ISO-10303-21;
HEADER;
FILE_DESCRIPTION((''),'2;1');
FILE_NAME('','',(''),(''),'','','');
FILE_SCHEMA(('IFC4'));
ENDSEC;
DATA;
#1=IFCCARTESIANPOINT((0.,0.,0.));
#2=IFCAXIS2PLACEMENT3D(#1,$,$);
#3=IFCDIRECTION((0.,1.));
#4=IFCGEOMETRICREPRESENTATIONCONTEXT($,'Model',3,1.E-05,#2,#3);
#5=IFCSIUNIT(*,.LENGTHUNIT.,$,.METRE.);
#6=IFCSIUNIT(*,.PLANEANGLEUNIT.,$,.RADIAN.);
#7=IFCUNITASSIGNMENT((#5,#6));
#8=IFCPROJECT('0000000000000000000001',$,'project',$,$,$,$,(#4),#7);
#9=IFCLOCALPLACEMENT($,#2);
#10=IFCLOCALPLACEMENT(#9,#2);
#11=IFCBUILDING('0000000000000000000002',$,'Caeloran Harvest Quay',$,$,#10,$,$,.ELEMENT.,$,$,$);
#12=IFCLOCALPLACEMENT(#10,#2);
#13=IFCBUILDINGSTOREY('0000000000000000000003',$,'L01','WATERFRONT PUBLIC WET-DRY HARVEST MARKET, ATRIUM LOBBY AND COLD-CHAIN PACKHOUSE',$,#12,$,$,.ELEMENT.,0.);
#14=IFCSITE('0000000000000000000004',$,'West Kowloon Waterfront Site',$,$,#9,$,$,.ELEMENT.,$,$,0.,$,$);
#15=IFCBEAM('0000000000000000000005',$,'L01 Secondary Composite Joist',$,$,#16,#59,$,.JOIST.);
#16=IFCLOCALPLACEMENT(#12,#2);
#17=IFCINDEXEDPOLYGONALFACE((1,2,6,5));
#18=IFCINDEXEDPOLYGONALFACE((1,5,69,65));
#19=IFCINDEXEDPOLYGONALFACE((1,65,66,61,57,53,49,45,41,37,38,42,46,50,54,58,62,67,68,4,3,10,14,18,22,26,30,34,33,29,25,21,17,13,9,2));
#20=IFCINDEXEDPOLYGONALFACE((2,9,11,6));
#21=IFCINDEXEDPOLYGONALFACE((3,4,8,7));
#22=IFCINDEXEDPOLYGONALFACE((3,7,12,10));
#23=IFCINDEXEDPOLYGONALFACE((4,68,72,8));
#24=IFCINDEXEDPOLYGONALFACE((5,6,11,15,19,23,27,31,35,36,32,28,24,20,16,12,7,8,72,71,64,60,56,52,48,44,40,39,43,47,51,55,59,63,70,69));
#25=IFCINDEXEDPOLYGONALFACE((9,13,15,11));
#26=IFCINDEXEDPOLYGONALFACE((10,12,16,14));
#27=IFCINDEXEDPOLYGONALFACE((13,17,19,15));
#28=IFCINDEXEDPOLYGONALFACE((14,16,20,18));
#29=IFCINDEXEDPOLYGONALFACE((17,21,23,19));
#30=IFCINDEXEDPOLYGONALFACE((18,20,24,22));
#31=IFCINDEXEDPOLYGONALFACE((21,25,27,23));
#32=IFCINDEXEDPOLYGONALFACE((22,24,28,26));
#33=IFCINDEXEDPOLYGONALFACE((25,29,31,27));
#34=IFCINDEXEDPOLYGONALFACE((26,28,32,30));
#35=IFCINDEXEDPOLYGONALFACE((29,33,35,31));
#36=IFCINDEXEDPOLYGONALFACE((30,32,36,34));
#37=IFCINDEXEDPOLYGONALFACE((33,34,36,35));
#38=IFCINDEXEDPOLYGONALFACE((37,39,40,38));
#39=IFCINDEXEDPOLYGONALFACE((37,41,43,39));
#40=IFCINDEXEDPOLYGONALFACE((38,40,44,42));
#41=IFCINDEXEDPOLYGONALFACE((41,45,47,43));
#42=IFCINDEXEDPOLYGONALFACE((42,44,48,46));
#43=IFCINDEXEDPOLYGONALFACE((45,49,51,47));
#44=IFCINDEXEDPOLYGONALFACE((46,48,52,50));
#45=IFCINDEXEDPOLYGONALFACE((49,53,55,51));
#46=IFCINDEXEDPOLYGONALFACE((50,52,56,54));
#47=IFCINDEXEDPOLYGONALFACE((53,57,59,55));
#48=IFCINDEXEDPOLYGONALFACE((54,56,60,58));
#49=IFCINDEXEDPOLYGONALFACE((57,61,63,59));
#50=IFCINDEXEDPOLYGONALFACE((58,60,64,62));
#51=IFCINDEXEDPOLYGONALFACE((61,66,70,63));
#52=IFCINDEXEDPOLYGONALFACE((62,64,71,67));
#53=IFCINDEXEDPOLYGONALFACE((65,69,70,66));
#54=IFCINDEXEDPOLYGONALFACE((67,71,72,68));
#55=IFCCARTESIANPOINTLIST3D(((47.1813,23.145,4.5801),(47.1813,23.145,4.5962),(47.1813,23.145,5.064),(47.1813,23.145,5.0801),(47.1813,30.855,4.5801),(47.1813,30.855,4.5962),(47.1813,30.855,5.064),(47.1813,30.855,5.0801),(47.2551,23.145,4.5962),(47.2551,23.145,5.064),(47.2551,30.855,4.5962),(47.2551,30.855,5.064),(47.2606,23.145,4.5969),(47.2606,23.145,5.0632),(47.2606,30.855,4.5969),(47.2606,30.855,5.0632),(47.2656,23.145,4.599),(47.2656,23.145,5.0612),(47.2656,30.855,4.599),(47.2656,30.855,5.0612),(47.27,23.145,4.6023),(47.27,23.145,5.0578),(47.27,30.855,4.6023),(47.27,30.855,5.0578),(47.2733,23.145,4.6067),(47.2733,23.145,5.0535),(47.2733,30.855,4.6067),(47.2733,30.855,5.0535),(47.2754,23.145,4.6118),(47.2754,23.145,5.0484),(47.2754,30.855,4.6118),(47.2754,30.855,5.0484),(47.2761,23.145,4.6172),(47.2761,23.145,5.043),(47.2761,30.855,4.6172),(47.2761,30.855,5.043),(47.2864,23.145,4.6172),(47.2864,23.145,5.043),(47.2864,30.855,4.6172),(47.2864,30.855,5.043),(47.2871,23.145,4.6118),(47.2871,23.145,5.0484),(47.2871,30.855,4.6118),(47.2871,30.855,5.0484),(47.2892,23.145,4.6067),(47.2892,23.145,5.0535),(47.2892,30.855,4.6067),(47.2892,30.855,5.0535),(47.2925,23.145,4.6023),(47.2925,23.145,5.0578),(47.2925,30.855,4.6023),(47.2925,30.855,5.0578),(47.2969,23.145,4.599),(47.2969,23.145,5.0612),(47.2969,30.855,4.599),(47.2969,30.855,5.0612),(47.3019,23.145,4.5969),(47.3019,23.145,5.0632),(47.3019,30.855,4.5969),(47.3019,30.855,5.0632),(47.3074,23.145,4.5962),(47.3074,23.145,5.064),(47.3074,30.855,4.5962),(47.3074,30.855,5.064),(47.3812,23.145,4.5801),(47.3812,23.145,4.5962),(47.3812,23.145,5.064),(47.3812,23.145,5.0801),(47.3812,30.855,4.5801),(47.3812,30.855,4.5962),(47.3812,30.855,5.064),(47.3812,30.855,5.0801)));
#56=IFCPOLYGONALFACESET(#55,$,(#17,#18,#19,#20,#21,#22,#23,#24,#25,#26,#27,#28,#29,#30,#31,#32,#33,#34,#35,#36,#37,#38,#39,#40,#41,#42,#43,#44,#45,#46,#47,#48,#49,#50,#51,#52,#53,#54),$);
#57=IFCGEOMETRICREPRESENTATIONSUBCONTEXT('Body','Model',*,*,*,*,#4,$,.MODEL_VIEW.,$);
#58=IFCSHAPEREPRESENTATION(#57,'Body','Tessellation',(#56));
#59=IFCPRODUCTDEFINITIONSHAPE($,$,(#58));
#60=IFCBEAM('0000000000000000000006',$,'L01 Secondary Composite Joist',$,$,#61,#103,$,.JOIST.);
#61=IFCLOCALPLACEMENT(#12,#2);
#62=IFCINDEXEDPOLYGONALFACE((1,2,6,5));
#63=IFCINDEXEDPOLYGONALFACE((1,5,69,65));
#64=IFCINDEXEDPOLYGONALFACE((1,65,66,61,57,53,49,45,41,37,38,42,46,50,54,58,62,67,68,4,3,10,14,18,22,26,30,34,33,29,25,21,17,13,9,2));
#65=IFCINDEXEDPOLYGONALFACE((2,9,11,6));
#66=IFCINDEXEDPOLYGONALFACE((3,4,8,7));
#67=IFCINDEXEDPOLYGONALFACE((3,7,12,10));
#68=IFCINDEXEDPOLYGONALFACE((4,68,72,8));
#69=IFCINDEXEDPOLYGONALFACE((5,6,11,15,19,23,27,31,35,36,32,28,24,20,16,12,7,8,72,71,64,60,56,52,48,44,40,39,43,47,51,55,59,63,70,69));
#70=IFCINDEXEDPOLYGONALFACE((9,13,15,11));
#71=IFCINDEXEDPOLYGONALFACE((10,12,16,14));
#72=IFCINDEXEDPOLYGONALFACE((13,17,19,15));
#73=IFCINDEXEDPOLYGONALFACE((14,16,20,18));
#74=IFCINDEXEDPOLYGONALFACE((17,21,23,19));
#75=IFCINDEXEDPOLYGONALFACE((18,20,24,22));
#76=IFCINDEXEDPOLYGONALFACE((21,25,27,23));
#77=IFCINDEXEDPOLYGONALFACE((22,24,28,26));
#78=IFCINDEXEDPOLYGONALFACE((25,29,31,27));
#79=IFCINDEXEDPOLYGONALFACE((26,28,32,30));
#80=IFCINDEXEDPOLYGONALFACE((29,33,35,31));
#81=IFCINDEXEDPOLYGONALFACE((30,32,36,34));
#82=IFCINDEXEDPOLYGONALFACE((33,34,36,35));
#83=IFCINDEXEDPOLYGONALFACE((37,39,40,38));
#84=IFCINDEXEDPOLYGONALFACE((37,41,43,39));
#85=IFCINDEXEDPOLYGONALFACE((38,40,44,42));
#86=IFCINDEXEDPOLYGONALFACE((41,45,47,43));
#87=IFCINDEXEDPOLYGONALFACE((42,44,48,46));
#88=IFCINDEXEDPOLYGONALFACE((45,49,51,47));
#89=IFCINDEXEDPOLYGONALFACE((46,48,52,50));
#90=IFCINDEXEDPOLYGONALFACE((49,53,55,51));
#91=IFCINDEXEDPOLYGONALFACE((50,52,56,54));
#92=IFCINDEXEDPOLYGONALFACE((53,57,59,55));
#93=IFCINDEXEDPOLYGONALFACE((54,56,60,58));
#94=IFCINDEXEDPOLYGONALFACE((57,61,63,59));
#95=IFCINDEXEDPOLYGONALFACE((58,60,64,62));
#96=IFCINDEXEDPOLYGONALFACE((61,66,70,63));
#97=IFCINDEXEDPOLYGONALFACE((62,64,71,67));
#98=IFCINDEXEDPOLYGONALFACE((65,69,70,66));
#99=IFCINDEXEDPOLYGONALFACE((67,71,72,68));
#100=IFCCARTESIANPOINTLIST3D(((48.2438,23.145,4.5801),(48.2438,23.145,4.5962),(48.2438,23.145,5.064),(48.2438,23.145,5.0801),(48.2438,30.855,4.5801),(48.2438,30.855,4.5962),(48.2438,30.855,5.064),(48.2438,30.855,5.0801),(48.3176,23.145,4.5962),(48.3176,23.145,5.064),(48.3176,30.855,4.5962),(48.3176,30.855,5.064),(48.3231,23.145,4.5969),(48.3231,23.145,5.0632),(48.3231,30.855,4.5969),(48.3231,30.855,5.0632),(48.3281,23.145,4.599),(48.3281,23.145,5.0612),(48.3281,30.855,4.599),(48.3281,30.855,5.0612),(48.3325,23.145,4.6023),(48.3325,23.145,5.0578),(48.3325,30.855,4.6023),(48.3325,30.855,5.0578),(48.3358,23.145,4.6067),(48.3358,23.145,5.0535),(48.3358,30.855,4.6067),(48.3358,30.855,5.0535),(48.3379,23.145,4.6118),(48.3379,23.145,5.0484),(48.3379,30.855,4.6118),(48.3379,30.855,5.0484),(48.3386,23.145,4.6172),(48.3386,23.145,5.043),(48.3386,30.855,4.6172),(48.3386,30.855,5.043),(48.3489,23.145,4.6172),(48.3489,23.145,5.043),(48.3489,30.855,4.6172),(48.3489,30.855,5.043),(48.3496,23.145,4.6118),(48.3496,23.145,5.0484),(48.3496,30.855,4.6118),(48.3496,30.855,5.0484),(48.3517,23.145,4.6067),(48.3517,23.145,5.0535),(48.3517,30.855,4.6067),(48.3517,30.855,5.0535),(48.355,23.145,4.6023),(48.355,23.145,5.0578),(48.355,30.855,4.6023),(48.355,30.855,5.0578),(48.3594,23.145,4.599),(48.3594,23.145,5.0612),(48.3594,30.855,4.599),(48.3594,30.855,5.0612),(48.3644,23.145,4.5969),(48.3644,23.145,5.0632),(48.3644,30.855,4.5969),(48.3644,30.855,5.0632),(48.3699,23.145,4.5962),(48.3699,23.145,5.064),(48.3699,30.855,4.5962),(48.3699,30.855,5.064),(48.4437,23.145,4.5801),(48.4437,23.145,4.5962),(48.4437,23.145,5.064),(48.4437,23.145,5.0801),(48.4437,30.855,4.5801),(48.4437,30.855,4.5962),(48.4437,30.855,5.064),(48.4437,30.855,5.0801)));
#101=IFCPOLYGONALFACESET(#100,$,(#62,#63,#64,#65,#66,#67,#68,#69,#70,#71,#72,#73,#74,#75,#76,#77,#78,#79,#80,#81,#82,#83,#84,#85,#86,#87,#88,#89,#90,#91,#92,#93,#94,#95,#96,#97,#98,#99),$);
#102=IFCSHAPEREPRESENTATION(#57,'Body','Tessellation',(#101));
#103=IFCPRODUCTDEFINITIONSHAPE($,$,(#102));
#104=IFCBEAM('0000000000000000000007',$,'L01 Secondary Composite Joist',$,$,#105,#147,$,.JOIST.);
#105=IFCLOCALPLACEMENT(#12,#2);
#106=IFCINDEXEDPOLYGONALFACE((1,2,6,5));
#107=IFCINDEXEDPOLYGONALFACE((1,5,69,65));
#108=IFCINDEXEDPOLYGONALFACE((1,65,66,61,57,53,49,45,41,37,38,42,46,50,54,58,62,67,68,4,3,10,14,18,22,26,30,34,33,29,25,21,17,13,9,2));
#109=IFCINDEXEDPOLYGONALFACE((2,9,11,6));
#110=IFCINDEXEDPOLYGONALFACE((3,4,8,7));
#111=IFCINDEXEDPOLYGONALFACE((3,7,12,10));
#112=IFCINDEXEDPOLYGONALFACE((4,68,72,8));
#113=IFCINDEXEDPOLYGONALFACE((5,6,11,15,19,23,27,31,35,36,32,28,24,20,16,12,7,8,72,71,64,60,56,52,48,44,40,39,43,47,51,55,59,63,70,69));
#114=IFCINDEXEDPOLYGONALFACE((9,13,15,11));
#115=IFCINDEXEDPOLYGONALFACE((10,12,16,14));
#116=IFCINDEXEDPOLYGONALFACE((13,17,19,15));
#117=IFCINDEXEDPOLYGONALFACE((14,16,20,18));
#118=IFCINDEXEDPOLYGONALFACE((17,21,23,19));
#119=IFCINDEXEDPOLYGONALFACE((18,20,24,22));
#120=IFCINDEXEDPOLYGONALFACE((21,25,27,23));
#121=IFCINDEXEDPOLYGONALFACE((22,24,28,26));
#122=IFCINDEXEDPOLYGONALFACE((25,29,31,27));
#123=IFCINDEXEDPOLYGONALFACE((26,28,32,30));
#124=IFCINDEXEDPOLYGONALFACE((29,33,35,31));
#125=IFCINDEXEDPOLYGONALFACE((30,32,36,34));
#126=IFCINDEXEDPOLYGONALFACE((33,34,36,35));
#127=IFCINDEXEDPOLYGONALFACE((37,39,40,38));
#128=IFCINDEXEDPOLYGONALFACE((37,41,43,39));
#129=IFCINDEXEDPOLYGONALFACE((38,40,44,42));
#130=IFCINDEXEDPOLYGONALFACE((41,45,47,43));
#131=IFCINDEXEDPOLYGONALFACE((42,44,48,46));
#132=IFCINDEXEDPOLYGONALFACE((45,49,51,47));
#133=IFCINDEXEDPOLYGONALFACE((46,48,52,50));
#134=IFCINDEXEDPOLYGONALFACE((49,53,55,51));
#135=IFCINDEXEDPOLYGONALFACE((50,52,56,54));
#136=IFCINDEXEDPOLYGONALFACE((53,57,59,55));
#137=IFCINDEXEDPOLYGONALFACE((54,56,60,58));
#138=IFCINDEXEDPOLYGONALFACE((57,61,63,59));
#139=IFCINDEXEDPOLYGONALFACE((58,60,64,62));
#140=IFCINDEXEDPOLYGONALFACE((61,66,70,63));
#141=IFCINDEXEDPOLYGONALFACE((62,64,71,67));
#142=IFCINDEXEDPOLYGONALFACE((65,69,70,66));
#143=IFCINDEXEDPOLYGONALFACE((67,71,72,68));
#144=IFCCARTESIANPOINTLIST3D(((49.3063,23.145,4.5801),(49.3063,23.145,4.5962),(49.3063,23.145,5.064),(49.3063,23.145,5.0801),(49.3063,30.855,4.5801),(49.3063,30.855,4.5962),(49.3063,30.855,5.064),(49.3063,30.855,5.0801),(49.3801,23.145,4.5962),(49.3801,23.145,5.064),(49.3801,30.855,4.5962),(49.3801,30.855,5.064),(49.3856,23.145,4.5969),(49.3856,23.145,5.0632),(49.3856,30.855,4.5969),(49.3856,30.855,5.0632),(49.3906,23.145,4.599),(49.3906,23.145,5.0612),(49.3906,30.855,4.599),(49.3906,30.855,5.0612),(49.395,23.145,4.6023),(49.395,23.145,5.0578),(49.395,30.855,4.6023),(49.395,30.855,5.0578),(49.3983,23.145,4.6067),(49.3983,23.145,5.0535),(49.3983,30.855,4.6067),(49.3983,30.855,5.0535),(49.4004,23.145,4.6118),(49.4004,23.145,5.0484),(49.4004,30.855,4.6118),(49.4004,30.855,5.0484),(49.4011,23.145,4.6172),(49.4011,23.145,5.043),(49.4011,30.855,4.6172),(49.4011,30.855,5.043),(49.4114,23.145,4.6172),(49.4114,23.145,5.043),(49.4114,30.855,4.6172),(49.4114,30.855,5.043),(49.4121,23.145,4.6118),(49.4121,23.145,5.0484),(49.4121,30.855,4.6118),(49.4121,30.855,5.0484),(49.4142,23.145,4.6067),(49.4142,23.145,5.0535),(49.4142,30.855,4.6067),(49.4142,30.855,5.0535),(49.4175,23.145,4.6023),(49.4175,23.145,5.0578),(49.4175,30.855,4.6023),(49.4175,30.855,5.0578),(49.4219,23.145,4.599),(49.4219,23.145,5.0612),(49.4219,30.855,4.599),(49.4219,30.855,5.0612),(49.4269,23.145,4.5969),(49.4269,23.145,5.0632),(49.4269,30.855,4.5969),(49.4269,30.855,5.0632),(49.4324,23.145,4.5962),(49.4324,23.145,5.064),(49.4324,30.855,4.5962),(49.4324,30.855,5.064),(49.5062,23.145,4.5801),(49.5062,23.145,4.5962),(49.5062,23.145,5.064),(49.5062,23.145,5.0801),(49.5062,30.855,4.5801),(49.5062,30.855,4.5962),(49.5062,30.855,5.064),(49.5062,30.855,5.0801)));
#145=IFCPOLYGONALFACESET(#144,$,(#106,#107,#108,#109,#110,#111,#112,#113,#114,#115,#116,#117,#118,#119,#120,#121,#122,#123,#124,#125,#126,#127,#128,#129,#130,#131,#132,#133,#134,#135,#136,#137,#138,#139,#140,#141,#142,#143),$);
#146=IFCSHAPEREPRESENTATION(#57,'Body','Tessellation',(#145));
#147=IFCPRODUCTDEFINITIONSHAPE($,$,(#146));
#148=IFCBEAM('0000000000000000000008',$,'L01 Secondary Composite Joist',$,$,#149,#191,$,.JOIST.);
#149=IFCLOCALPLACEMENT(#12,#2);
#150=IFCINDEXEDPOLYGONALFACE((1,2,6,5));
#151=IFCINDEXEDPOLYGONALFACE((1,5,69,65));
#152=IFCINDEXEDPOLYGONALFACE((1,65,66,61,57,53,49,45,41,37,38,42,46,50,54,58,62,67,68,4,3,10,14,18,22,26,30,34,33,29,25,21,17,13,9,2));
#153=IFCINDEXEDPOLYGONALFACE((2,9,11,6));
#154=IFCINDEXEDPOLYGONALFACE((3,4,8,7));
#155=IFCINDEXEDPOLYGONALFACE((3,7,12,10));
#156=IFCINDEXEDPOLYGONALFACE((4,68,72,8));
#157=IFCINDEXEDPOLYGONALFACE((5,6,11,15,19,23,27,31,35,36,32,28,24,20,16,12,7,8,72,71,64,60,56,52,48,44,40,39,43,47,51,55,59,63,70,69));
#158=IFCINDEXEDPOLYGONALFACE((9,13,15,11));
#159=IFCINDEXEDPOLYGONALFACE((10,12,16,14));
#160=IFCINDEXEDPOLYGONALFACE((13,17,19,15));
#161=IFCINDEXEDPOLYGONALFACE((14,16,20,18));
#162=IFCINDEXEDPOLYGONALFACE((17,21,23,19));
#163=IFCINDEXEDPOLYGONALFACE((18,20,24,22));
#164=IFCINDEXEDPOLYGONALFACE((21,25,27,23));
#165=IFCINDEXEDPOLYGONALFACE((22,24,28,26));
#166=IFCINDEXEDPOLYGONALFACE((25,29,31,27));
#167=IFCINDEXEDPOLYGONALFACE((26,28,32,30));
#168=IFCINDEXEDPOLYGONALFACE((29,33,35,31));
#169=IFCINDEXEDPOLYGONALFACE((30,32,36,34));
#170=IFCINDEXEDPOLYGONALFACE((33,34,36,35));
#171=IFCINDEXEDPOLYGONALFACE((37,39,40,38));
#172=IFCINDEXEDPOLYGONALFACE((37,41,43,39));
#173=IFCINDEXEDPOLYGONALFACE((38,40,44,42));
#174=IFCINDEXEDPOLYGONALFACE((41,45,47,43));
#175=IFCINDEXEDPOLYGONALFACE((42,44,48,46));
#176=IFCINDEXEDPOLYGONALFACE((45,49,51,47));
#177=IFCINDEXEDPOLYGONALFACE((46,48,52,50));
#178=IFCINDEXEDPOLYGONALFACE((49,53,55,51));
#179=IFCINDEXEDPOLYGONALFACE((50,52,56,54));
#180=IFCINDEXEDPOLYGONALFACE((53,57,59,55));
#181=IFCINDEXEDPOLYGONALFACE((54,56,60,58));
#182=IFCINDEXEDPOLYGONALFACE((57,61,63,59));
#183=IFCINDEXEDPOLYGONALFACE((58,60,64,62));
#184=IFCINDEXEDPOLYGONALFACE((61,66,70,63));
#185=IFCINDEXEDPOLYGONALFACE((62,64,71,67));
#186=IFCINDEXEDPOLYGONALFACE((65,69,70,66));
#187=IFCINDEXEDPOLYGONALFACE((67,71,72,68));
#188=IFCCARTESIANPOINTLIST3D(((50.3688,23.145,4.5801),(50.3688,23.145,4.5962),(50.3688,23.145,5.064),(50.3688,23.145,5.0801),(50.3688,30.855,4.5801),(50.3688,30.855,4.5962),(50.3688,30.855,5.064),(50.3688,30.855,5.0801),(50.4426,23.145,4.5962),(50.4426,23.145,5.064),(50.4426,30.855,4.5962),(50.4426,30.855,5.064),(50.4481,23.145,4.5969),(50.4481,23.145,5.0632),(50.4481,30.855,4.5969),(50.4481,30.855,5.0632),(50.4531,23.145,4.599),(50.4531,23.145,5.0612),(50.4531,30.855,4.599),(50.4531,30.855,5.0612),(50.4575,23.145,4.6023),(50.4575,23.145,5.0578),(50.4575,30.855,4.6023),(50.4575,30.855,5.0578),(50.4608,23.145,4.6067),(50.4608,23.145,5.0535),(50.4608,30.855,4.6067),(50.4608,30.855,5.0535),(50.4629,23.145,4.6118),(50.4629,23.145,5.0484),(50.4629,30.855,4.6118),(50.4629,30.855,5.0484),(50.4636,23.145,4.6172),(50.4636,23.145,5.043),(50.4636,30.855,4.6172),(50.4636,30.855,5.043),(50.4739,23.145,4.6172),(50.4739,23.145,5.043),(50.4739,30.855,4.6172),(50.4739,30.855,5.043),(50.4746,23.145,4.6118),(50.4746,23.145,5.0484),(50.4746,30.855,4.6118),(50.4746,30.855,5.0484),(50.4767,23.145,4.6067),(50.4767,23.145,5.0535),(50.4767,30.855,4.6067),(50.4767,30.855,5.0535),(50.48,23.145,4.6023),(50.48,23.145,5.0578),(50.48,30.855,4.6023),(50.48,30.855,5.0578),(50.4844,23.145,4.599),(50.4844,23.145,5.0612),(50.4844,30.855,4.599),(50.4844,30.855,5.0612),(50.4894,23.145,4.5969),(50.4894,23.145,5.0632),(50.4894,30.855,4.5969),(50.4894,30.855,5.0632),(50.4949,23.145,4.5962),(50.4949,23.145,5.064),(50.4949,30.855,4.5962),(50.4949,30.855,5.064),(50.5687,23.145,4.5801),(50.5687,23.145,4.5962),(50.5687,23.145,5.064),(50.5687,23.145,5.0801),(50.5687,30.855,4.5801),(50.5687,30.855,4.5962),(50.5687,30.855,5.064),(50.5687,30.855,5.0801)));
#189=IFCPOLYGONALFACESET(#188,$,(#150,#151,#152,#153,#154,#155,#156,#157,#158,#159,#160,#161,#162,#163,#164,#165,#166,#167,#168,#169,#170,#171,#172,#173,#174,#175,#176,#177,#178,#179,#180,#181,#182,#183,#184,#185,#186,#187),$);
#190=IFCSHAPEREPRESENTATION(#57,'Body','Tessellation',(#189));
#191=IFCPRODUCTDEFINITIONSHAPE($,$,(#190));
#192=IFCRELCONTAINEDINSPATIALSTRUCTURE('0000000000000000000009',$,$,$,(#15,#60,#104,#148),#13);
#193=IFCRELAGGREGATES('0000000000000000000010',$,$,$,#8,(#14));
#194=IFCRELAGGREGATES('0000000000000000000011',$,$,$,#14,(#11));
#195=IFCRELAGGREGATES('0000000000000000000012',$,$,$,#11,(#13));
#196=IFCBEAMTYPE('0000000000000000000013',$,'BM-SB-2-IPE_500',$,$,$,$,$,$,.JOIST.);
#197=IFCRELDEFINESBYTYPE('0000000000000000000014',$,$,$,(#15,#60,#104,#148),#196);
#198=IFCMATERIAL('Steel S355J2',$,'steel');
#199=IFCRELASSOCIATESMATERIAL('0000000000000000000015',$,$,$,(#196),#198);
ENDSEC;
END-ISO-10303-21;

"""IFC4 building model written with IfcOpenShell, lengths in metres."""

from ifc_helpers import new_model, si_unit, direction, frame, origin, origin_2d, place, context, subcontext, project, spatial, i_section, extrude, material, material_profile, profile_set, type_object, element, save


model = new_model("IFC4")

# Units and contexts
model_context = context("Model", 3, precision=1e-05, world=origin(), true_north=direction((0.0, 1.0)))
body_context = subcontext(model_context, "Body", "Model", "MODEL_VIEW")
ifc_project = project(units=[si_unit("LENGTHUNIT", "METRE"), si_unit("PLANEANGLEUNIT", "RADIAN")], contexts=[model_context])

# Site, building, storey
site_placement = place(None, origin())
site = spatial("IfcSite", under=ifc_project, at=site_placement, Name="West Kowloon Waterfront Site", CompositionType="ELEMENT", RefElevation=0.0)
building_placement = place(site_placement, origin())
building = spatial("IfcBuilding", under=site, at=building_placement, Name="Caeloran Harvest Quay", CompositionType="ELEMENT")
storey_placement = place(building_placement, origin())
storey = spatial("IfcBuildingStorey", under=building, at=storey_placement, Name="L01", Description="WATERFRONT PUBLIC WET-DRY HARVEST MARKET, ATRIUM LOBBY AND COLD-CHAIN PACKHOUSE", CompositionType="ELEMENT", Elevation=0.0)

# Beams
ifc_material_1 = material(Name="Steel S355J2", Category="steel")
ifc_material_profile_1 = material_profile(ifc_material_1, i_section(OverallWidth=0.2, OverallDepth=0.5, WebThickness=0.0103, FlangeThickness=0.0161, FilletRadius=0.021, at=origin_2d()), Name="IPE 500")
ifc_profile_set_1 = profile_set([ifc_material_profile_1], Name="Steel S355J2")
beam_type_1 = type_object("IfcBeamType", Name="BM-SB-2-IPE_500", PredefinedType="JOIST", material=ifc_profile_set_1)
for number, where, z_axis, x_axis, name in (
    (1, (47.2812, 23.145, 4.8301), (0.0, 1.0, 0.0), (-1.0, 0.0, 0.0), "L01 Secondary Composite Joist"),
    (2, (48.3438, 23.145, 4.8301), (0.0, 1.0, 0.0), (-1.0, 0.0, 0.0), "L01 Secondary Composite Joist"),
    (3, (49.4062, 23.145, 4.8301), (0.0, 1.0, 0.0), (-1.0, 0.0, 0.0), "L01 Secondary Composite Joist"),
    (4, (50.4688, 23.145, 4.8301), (0.0, 1.0, 0.0), (-1.0, 0.0, 0.0), "L01 Secondary Composite Joist"),
):
    element("IfcBeam", number, at=place(storey_placement, frame(where, z_axis=z_axis, x_axis=x_axis)), inside=storey, type_object=beam_type_1, Name=name, PredefinedType="JOIST", context=body_context, shape_type="SweptSolid", body=[
        extrude(i_section(OverallWidth=0.2, OverallDepth=0.5, WebThickness=0.0103, FlangeThickness=0.0161, FilletRadius=0.021, at=origin_2d()), origin(), (0.0, 0.0, 1.0), 7.71),
    ])

save(model, "model.ifc")
